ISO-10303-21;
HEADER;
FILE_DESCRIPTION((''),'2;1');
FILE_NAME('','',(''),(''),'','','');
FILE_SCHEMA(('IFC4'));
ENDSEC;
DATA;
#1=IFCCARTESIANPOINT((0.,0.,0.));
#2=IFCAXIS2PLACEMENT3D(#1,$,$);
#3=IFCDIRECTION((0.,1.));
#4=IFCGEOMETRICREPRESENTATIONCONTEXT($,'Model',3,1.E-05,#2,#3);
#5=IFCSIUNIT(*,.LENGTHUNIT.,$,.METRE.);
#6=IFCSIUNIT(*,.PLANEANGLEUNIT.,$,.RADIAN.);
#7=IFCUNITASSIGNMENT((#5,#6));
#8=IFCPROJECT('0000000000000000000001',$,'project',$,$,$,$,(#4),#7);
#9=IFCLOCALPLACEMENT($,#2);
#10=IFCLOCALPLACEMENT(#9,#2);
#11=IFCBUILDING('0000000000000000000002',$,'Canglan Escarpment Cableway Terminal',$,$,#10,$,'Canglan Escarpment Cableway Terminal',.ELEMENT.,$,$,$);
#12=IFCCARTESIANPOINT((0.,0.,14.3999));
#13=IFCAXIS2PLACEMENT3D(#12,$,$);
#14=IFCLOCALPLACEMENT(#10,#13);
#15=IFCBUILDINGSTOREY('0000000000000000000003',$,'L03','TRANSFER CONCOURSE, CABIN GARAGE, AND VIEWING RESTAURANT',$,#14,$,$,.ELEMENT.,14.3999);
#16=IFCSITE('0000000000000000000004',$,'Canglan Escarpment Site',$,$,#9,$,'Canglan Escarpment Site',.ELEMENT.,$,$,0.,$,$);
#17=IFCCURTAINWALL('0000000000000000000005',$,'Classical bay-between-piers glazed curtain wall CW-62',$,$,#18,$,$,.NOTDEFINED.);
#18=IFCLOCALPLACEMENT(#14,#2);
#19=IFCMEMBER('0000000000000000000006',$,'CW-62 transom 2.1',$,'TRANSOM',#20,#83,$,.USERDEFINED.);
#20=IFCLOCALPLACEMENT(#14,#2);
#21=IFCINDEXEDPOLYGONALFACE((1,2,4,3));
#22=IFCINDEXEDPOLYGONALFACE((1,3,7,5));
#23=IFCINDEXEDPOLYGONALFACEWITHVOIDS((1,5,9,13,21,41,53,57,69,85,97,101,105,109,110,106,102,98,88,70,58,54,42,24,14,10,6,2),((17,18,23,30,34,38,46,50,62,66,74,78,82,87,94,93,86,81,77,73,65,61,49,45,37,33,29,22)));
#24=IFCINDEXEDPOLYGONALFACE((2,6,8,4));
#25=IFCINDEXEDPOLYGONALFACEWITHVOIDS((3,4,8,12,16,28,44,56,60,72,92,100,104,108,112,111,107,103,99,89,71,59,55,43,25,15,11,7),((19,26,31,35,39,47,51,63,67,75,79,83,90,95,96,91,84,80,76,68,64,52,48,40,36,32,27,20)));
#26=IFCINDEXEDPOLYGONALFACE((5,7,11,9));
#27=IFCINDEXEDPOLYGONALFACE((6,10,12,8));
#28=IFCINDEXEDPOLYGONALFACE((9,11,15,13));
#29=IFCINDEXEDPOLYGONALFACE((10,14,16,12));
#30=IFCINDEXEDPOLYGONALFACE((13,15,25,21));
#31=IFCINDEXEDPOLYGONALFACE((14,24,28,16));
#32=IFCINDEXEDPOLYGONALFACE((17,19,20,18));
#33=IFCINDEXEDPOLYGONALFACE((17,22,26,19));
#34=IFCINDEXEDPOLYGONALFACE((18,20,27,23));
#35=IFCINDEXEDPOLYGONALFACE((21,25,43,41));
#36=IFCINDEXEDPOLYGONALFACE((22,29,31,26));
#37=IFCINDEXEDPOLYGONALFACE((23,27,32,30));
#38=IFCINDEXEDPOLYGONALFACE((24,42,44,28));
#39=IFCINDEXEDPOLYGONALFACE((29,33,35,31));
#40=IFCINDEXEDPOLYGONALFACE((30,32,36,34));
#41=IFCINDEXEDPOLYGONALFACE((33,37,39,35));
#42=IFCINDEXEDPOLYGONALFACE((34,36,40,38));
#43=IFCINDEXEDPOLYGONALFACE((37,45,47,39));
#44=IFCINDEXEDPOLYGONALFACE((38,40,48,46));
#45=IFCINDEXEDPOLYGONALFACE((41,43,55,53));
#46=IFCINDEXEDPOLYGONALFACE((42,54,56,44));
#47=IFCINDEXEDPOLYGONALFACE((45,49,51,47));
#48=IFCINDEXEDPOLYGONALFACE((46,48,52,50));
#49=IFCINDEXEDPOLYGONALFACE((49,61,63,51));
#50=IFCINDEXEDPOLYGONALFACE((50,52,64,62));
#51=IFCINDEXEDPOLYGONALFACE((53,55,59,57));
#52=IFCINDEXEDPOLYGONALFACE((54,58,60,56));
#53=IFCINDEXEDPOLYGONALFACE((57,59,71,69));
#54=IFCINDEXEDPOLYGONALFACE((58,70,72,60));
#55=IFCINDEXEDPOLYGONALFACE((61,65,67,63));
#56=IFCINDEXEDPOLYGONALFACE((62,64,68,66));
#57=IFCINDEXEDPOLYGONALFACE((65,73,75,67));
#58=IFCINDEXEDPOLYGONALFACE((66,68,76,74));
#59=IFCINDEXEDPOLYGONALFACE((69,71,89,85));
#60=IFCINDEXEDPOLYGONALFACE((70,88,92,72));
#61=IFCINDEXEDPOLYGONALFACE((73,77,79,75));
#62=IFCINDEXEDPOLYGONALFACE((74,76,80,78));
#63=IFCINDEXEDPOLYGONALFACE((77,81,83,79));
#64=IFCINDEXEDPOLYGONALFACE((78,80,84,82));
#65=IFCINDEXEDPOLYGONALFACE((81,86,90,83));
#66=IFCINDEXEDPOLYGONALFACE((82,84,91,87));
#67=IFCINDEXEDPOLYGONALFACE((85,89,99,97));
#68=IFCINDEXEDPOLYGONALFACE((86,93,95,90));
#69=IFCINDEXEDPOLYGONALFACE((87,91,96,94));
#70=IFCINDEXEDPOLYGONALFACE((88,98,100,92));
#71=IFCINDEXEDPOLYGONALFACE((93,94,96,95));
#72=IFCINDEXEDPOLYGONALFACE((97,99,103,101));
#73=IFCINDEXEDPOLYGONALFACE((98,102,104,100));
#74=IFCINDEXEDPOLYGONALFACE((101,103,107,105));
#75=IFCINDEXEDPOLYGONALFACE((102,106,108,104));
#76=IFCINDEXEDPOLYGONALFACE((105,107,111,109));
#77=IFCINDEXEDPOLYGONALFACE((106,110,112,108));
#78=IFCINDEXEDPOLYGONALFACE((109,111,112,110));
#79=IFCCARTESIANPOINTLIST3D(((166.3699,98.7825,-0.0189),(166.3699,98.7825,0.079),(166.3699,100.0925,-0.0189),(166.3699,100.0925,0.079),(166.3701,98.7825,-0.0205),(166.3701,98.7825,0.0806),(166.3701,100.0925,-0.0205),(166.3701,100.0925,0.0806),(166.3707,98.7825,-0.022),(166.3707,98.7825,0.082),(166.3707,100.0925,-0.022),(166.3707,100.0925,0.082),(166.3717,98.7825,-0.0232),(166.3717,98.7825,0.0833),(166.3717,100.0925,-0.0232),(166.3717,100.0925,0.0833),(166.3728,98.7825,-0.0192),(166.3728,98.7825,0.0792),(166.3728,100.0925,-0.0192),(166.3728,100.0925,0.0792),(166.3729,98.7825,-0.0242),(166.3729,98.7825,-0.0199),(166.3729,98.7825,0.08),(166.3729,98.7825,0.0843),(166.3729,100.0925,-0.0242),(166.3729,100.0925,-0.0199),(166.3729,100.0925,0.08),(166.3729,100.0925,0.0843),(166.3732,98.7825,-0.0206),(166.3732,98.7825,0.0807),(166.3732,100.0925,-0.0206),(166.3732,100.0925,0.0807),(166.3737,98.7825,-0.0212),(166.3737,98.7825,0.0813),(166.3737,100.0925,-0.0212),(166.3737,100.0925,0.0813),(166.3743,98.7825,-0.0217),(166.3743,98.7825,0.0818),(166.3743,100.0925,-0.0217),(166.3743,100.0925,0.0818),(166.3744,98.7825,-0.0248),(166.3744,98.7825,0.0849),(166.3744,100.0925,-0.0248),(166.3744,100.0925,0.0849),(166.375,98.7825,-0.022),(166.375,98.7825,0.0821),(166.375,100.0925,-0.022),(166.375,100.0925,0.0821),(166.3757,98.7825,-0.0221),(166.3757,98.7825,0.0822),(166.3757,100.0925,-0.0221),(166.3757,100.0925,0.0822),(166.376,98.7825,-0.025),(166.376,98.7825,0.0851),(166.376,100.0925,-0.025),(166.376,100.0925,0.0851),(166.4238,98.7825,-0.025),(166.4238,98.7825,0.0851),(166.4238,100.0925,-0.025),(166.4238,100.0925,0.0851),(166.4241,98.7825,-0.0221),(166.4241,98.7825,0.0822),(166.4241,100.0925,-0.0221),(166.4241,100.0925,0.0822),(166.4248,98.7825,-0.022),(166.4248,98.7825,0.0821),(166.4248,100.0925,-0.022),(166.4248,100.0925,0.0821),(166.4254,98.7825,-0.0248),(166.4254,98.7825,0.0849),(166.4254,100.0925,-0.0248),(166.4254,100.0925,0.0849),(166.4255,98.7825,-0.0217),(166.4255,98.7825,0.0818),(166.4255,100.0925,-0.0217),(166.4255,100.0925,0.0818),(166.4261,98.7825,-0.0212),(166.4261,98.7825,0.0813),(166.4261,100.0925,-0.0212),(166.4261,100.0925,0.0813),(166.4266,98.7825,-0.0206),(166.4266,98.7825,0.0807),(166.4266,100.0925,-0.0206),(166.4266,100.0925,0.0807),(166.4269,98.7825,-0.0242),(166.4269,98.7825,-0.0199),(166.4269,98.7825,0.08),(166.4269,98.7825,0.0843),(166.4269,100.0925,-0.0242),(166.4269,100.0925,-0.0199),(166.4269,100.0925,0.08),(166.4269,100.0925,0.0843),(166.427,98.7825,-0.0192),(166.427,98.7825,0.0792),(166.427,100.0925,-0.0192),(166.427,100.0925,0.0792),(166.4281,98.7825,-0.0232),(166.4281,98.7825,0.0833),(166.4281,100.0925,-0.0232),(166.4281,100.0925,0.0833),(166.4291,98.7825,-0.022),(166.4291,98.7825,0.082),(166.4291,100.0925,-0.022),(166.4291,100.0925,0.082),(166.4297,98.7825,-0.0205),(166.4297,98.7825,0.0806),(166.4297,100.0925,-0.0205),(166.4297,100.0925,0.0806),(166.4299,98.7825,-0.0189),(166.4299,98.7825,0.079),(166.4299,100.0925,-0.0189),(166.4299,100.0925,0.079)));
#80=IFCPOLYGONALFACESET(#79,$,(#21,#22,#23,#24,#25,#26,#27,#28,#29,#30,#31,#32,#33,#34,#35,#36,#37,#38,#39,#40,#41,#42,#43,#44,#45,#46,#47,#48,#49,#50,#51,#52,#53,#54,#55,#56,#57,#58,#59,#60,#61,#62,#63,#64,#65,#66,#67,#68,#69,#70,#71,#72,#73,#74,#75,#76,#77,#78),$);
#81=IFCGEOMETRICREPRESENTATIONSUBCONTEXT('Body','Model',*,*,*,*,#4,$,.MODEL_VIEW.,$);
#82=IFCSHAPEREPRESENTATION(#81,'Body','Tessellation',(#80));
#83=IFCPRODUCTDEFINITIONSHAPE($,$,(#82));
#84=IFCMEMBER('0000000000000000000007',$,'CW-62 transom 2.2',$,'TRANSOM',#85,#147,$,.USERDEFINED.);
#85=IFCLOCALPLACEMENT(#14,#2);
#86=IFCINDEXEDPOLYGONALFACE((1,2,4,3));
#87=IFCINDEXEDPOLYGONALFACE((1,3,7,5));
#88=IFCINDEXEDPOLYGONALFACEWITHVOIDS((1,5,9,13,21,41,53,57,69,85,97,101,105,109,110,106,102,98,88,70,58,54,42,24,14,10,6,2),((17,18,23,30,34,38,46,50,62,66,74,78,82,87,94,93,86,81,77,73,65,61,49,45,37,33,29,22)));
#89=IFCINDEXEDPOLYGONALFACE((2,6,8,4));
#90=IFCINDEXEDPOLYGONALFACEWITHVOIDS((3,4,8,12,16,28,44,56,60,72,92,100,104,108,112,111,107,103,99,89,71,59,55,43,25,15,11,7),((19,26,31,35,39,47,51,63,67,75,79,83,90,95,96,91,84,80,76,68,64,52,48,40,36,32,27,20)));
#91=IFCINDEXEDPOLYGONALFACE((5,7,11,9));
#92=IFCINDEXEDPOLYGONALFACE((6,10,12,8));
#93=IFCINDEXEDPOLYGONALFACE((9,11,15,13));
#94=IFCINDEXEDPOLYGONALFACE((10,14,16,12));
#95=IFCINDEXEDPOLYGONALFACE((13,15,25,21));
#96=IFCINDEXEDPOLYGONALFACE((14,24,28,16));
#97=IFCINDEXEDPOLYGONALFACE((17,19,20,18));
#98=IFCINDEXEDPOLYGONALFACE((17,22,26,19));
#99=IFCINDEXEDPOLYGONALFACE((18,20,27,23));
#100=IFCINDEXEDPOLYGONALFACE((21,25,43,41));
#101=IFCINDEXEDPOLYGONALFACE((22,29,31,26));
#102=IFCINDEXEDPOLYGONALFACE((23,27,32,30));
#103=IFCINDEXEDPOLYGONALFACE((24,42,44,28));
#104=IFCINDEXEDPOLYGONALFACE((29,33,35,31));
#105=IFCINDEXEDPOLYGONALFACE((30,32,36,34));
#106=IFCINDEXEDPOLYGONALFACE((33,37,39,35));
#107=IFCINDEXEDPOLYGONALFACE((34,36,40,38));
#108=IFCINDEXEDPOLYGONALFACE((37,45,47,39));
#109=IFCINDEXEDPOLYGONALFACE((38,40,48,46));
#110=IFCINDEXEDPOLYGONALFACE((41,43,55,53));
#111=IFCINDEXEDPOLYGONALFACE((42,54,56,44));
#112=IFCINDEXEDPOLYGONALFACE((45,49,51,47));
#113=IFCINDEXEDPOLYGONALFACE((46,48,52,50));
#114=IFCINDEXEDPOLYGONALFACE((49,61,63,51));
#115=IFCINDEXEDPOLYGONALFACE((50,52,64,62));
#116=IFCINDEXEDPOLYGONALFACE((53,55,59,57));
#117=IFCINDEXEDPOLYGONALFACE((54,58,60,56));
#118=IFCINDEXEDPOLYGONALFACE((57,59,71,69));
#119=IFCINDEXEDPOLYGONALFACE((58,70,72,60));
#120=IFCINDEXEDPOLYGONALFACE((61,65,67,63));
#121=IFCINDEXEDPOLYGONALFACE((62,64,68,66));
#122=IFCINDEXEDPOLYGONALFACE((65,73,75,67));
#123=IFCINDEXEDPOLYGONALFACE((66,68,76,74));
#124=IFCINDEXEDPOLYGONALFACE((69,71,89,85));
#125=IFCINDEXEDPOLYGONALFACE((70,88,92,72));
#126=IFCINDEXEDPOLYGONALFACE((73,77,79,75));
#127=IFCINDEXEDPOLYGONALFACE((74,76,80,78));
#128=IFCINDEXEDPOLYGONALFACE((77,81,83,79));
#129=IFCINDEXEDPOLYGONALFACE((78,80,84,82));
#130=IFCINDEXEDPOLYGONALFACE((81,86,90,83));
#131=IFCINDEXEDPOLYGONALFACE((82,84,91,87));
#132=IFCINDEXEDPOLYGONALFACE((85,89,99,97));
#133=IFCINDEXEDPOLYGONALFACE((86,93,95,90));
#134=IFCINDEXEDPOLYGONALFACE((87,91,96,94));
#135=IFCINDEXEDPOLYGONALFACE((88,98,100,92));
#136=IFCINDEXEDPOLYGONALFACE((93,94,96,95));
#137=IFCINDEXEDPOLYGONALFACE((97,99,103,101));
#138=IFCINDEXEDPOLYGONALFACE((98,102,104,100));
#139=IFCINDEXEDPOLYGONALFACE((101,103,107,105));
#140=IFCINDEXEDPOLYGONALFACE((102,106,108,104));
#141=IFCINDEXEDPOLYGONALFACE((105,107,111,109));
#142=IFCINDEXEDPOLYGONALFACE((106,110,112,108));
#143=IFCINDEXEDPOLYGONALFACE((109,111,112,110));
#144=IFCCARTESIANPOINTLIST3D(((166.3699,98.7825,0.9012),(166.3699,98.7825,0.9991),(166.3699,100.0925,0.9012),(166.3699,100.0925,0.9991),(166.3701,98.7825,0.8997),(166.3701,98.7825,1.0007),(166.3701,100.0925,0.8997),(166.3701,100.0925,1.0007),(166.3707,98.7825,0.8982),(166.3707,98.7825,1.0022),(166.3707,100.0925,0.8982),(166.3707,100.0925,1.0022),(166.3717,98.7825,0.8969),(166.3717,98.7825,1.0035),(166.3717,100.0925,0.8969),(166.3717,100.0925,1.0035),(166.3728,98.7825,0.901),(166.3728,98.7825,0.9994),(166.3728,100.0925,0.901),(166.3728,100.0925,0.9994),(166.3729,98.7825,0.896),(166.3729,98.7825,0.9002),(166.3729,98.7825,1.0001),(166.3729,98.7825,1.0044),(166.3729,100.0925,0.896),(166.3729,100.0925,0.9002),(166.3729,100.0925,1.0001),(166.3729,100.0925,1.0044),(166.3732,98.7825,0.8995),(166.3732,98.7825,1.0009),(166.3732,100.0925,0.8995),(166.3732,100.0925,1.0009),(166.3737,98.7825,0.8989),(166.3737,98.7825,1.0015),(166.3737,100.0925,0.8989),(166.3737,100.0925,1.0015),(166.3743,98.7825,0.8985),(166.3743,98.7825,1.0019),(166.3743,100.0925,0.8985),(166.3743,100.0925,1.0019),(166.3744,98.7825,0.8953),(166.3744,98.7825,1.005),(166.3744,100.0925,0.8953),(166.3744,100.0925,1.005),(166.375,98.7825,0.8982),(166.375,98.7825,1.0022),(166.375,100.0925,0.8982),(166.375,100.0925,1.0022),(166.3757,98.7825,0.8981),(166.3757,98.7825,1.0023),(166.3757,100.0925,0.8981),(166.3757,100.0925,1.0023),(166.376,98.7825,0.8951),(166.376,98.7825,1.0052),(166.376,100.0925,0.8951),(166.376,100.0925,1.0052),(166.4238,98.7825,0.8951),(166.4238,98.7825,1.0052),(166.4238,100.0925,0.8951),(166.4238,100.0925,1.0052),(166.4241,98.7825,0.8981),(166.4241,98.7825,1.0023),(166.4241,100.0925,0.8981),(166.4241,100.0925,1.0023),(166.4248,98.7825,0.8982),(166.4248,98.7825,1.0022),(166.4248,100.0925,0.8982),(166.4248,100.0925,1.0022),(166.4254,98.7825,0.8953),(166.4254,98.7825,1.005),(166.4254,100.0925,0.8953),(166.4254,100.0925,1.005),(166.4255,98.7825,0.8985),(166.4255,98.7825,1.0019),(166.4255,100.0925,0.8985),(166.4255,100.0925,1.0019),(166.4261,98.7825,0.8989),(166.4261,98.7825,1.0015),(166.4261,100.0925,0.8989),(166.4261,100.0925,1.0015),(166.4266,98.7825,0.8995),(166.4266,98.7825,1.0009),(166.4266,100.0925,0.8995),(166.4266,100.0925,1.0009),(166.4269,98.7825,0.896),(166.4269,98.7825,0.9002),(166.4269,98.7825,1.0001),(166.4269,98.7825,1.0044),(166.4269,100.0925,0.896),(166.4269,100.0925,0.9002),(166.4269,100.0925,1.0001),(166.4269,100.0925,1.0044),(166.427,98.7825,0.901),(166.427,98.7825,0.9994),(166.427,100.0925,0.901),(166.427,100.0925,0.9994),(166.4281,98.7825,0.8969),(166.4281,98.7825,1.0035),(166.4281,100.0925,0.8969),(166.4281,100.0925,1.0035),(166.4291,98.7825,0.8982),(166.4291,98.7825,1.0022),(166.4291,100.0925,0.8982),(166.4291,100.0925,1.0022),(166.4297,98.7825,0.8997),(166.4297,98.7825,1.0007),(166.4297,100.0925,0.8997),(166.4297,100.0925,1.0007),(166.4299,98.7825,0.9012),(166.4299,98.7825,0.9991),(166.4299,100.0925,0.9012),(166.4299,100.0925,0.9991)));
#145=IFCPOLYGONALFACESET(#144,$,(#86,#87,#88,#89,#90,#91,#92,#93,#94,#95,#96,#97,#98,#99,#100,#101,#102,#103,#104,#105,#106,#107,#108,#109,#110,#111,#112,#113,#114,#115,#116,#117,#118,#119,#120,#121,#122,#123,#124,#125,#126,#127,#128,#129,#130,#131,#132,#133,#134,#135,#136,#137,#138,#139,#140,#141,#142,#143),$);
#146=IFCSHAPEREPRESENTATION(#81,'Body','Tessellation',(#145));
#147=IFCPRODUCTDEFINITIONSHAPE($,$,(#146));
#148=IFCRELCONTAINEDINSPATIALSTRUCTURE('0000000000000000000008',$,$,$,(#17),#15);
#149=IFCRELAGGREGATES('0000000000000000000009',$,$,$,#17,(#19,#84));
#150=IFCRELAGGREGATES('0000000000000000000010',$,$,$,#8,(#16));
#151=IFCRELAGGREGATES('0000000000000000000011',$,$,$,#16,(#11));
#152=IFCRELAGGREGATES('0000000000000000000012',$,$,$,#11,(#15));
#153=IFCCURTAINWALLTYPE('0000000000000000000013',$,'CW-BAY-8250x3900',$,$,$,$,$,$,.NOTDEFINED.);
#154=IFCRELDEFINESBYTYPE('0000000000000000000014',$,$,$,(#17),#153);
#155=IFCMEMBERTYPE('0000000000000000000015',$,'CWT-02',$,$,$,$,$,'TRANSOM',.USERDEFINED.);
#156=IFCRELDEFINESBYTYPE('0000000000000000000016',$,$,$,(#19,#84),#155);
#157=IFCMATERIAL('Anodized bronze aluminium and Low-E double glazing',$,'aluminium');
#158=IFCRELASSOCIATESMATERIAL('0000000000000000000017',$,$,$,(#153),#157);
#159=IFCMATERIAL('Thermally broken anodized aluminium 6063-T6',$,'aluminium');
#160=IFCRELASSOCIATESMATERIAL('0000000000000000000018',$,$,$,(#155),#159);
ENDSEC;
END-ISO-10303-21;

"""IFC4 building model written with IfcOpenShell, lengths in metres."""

from ifc_helpers import new_model, si_unit, direction, frame, origin, origin_2d, place, context, subcontext, project, spatial, hollow_rectangle, extrude, material, material_profile, profile_set, type_object, element, aggregate, save


model = new_model("IFC4")

# Units and contexts
model_context = context("Model", 3, precision=1e-05, world=origin(), true_north=direction((0.0, 1.0)))
body_context = subcontext(model_context, "Body", "Model", "MODEL_VIEW")
ifc_project = project(units=[si_unit("LENGTHUNIT", "METRE"), si_unit("PLANEANGLEUNIT", "RADIAN")], contexts=[model_context])

# Site, building, storey
site_placement = place(None, origin())
site = spatial("IfcSite", under=ifc_project, at=site_placement, Name="Canglan Escarpment Site", LongName="Canglan Escarpment Site", CompositionType="ELEMENT", RefElevation=0.0)
building_placement = place(site_placement, origin())
building = spatial("IfcBuilding", under=site, at=building_placement, Name="Canglan Escarpment Cableway Terminal", LongName="Canglan Escarpment Cableway Terminal", CompositionType="ELEMENT")
storey_placement = place(building_placement, frame((0.0, 0.0, 14.3999)))
storey = spatial("IfcBuildingStorey", under=building, at=storey_placement, Name="L03", Description="TRANSFER CONCOURSE, CABIN GARAGE, AND VIEWING RESTAURANT", CompositionType="ELEMENT", Elevation=14.3999)

# Curtain wall, members
ifc_material_1 = material(Name="Anodized bronze aluminium and Low-E double glazing", Category="aluminium")
curtain_wall_type = type_object("IfcCurtainWallType", Name="CW-BAY-8250x3900", PredefinedType="NOTDEFINED", material=ifc_material_1)
curtain_wall_placement = place(storey_placement, origin())
curtain_wall = element("IfcCurtainWall", 1, at=curtain_wall_placement, inside=storey, type_object=curtain_wall_type, Name="Classical bay-between-piers glazed curtain wall CW-62", PredefinedType="NOTDEFINED")
ifc_material_2 = material(Name="Thermally broken anodized aluminium 6063-T6", Category="aluminium")
ifc_material_profile_1 = material_profile(ifc_material_2, hollow_rectangle(XDim=0.0601, YDim=0.1101, WallThickness=0.0029, InnerFilletRadius=0.0029, OuterFilletRadius=0.0061, at=origin_2d()), Name="ALU-TRAN 60x110x3")
ifc_profile_set_1 = profile_set([ifc_material_profile_1], Name="Thermally broken anodized aluminium 6063-T6")
member_type_1 = type_object("IfcMemberType", Name="CWT-02", ElementType="TRANSOM", PredefinedType="USERDEFINED", material=ifc_profile_set_1)
member_1_placement = place(storey_placement, frame((166.3999, 98.7825, 0.03), z_axis=(0.0, 1.0, 0.0), x_axis=(-1.0, 0.0, 0.0)))
member_1 = element("IfcMember", 2, at=member_1_placement, type_object=member_type_1, Name="CW-62 transom 2.1", ObjectType="TRANSOM", PredefinedType="USERDEFINED", context=body_context, shape_type="SweptSolid", body=[
    extrude(hollow_rectangle(XDim=0.0601, YDim=0.1101, WallThickness=0.0029, InnerFilletRadius=0.0029, OuterFilletRadius=0.0061, at=origin_2d()), origin(), (0.0, 0.0, 1.0), 1.3101),
])
member_2_placement = place(storey_placement, frame((166.3999, 98.7825, 0.9502), z_axis=(0.0, 1.0, 0.0), x_axis=(-1.0, 0.0, 0.0)))
member_2 = element("IfcMember", 3, at=member_2_placement, type_object=member_type_1, Name="CW-62 transom 2.2", ObjectType="TRANSOM", PredefinedType="USERDEFINED", context=body_context, shape_type="SweptSolid", body=[
    extrude(hollow_rectangle(XDim=0.0601, YDim=0.1101, WallThickness=0.0029, InnerFilletRadius=0.0029, OuterFilletRadius=0.0061, at=origin_2d()), origin(), (0.0, 0.0, 1.0), 1.3101),
])
aggregate(curtain_wall, [member_1, member_2])

save(model, "model.ifc")
